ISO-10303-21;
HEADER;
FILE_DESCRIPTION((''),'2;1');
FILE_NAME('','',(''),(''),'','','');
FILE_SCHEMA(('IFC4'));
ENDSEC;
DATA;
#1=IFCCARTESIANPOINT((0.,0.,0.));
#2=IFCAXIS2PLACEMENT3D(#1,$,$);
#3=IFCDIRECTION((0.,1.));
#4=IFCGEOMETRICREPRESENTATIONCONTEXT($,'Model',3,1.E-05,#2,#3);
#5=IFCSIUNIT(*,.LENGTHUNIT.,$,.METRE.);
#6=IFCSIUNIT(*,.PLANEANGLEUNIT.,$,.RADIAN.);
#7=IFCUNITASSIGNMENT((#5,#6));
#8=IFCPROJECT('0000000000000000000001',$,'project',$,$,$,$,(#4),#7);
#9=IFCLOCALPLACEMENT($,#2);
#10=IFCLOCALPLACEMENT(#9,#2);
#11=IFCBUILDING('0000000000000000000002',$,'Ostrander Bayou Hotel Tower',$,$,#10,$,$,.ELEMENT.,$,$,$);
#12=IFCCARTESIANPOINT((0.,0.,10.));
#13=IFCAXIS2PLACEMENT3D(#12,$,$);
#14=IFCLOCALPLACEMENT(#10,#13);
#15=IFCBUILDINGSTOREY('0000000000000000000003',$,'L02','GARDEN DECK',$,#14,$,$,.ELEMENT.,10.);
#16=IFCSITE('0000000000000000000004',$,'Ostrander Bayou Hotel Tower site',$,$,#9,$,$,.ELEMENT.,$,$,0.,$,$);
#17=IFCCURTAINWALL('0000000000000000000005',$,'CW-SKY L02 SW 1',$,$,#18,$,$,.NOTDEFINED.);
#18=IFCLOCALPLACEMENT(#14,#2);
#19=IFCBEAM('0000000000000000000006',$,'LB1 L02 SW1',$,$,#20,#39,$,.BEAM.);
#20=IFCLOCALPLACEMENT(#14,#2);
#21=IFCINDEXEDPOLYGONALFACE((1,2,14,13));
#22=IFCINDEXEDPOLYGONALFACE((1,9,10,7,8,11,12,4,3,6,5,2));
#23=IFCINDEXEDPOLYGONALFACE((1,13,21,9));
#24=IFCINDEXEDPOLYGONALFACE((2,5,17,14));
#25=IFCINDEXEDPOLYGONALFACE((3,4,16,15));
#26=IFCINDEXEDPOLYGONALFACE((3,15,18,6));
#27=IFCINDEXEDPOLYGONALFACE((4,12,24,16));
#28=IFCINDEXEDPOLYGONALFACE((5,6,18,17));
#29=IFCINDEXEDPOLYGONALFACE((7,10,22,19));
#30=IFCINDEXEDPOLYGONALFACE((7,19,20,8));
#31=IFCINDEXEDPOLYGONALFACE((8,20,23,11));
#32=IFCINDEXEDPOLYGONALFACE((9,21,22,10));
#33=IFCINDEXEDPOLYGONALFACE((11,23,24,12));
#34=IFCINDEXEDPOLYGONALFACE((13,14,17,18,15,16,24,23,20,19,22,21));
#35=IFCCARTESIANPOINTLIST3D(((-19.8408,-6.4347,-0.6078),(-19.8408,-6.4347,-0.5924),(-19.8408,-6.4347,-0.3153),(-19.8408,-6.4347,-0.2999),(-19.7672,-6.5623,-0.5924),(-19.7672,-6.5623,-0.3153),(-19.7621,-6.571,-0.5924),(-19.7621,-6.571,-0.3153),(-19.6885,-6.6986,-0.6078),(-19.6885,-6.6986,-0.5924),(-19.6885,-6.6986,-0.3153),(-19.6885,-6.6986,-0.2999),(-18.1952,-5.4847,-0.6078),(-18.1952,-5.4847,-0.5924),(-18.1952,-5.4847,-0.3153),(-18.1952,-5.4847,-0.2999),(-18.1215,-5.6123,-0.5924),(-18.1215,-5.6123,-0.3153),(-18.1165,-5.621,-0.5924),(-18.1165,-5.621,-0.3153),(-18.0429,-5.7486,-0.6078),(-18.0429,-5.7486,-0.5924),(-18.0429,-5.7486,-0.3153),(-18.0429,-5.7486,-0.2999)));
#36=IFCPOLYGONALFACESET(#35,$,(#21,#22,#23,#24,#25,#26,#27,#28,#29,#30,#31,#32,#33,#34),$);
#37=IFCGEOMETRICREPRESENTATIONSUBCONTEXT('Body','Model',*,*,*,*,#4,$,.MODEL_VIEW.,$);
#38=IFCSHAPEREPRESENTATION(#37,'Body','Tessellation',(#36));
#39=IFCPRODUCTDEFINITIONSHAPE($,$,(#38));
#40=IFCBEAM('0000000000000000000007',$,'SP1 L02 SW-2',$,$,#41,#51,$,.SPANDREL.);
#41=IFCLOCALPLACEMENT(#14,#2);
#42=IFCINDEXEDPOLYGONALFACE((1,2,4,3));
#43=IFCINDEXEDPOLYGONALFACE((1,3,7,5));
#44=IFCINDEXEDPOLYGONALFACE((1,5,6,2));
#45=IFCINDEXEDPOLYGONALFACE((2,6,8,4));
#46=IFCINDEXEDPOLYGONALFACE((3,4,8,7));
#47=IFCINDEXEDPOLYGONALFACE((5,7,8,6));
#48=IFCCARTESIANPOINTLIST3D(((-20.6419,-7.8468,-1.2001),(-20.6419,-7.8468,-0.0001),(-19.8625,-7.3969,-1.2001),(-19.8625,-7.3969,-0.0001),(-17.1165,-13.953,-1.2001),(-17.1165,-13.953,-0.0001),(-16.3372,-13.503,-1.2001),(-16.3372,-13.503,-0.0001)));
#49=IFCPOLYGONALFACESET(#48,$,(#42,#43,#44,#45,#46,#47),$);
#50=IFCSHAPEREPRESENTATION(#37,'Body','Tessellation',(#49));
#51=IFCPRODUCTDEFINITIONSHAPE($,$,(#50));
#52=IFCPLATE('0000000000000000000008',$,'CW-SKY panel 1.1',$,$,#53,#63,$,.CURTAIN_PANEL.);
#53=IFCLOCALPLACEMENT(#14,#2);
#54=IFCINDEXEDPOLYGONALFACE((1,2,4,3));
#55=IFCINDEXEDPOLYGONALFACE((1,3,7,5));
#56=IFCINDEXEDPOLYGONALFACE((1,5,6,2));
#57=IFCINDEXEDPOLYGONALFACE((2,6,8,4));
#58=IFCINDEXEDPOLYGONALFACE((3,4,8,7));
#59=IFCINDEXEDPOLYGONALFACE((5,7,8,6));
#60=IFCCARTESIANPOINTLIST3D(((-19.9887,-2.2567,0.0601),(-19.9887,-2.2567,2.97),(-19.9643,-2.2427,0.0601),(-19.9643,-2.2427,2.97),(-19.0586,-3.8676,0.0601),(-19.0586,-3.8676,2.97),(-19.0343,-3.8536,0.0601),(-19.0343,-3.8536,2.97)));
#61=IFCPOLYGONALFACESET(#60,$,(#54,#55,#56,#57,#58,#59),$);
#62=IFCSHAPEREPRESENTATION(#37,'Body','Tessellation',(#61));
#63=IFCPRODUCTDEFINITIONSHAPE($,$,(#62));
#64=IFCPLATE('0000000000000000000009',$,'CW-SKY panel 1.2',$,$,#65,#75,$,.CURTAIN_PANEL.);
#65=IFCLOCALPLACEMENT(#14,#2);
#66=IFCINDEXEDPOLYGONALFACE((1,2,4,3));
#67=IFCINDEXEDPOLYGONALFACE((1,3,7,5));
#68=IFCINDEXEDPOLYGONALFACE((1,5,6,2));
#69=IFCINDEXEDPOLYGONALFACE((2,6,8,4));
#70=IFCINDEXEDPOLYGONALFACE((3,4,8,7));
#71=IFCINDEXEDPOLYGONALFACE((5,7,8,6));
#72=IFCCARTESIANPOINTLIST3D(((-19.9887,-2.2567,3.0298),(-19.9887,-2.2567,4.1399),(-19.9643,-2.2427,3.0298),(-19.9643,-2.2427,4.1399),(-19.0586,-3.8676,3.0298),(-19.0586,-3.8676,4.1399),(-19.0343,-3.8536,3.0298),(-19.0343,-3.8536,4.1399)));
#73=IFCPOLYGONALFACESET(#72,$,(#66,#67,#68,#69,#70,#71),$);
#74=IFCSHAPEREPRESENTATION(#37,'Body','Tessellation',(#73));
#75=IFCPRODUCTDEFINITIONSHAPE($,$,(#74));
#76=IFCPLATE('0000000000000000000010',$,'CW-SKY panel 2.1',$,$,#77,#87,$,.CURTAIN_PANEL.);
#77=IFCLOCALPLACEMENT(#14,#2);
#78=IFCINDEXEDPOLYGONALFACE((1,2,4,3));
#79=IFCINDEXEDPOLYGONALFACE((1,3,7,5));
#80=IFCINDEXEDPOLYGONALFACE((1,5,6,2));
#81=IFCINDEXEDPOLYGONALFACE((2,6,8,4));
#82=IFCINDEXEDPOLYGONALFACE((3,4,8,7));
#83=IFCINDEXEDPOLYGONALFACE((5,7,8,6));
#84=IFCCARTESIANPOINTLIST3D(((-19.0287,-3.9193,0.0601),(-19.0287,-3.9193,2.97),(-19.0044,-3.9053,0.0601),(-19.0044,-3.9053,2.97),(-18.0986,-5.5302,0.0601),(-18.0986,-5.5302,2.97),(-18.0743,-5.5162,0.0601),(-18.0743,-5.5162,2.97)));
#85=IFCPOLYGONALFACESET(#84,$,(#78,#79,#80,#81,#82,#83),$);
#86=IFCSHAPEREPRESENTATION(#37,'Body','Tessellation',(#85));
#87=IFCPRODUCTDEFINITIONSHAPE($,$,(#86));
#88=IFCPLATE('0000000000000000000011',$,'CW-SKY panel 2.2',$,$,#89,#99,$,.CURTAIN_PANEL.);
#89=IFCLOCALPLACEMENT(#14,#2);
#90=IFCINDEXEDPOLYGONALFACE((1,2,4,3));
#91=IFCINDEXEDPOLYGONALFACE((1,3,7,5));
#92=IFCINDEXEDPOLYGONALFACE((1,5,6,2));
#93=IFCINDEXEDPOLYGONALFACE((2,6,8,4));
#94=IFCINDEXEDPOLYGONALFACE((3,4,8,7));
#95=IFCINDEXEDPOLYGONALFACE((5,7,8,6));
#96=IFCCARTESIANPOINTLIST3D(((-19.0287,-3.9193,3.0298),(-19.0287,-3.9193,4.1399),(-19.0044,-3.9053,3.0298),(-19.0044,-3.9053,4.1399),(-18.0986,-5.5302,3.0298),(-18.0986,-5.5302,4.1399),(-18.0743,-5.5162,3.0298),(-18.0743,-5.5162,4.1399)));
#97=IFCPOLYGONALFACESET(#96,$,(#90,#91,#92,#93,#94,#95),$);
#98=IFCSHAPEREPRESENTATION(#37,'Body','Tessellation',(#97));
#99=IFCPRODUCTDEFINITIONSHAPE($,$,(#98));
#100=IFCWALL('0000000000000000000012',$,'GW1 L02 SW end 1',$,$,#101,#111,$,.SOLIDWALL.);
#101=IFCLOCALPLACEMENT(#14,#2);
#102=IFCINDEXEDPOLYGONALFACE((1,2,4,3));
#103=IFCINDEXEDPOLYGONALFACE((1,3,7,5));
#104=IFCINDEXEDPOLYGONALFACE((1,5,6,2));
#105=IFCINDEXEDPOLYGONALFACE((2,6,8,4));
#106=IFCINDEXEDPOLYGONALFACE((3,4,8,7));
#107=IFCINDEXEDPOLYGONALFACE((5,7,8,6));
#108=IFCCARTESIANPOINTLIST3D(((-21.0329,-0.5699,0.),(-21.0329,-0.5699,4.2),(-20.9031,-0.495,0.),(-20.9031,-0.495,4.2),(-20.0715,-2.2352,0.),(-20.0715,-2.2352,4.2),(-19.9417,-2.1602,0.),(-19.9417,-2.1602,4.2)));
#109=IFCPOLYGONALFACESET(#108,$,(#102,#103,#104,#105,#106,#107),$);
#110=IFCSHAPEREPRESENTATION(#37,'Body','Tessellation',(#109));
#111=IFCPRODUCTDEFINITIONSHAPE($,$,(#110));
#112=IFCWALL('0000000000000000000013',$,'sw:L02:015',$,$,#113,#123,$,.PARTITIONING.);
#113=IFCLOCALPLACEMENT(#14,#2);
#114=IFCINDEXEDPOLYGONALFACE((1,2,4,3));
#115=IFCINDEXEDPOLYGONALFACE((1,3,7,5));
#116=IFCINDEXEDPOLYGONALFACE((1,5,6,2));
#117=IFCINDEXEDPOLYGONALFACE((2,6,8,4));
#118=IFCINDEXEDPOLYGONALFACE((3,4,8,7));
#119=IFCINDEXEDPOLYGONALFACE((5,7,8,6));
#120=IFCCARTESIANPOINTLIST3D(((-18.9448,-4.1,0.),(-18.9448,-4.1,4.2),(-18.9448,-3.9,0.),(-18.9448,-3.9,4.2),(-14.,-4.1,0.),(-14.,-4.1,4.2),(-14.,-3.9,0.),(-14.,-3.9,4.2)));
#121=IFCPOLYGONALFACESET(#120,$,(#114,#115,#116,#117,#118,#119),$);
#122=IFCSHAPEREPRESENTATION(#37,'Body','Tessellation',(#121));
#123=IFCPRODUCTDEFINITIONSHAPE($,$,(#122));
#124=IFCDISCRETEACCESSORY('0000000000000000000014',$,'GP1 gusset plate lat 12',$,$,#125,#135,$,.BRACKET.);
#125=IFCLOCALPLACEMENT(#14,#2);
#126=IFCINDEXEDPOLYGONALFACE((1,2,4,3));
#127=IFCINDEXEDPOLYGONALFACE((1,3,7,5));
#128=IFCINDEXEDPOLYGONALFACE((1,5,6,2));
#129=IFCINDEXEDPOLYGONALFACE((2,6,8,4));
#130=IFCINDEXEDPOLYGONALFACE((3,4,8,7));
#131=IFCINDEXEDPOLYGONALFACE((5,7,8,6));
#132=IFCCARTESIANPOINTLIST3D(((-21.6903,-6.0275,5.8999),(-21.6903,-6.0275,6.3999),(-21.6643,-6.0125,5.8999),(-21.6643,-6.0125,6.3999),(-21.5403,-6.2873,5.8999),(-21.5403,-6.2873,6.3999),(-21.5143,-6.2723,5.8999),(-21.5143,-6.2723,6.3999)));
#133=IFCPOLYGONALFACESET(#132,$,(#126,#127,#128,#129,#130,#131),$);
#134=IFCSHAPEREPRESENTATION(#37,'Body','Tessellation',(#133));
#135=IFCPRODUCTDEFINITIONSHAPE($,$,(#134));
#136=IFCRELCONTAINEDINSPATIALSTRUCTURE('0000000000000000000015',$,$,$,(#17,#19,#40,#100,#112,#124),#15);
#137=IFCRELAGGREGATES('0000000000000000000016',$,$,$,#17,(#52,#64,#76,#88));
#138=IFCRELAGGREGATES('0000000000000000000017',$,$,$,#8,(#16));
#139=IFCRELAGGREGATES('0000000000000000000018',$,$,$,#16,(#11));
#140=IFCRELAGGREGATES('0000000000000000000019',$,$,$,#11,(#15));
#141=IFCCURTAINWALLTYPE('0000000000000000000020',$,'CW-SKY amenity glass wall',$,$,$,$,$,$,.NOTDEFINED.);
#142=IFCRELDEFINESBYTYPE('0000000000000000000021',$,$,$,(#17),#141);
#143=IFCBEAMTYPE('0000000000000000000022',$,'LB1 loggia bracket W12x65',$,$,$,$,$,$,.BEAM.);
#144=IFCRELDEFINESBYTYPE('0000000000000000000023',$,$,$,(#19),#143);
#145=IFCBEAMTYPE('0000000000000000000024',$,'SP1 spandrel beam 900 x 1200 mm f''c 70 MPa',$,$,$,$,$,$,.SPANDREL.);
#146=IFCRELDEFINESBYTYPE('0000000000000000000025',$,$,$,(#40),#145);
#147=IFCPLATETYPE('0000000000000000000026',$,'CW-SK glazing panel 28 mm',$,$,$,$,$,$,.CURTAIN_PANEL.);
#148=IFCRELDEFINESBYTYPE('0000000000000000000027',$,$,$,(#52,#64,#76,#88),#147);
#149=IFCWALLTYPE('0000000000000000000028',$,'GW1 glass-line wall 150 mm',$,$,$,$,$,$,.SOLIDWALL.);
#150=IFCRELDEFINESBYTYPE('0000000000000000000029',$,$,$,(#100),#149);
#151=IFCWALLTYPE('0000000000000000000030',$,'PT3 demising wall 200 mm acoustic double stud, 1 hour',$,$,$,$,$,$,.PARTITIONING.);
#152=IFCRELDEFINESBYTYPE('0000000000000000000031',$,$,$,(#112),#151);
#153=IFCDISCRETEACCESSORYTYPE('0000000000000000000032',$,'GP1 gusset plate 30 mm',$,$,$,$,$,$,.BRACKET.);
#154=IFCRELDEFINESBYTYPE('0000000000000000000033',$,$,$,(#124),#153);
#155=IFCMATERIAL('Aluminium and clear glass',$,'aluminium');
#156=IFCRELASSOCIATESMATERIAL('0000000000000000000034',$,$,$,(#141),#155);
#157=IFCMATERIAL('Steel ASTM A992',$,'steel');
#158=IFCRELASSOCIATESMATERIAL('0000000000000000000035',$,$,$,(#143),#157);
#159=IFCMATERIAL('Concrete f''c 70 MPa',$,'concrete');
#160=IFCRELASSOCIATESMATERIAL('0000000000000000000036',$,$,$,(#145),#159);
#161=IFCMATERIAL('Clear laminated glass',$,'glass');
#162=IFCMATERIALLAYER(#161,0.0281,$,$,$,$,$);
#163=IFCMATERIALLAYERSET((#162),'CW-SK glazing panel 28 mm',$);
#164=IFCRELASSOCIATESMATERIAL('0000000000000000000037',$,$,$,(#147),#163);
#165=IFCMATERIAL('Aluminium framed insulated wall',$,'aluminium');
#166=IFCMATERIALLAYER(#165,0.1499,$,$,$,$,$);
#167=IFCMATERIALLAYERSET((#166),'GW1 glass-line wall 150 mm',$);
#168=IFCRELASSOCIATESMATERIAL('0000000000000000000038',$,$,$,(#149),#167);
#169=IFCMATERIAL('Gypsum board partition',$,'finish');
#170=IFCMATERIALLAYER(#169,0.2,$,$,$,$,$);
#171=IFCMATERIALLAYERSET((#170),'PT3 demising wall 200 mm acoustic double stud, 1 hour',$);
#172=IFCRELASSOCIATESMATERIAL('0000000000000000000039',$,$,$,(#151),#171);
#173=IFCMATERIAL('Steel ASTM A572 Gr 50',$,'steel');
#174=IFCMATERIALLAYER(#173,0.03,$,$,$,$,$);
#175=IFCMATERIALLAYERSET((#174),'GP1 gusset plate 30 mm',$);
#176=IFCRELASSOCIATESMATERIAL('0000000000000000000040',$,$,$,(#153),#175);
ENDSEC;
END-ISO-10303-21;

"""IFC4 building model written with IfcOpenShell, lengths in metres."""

from ifc_helpers import new_model, si_unit, direction, frame, frame_2d, origin, origin_2d, place, context, subcontext, project, spatial, rectangle, i_section, extrude, material, layer, layer_set, material_profile, profile_set, type_object, element, aggregate, save


model = new_model("IFC4")

# Units and contexts
model_context = context("Model", 3, precision=1e-05, world=origin(), true_north=direction((0.0, 1.0)))
body_context = subcontext(model_context, "Body", "Model", "MODEL_VIEW")
ifc_project = project(units=[si_unit("LENGTHUNIT", "METRE"), si_unit("PLANEANGLEUNIT", "RADIAN")], contexts=[model_context])

# Site, building, storey
site_placement = place(None, origin())
site = spatial("IfcSite", under=ifc_project, at=site_placement, Name="Ostrander Bayou Hotel Tower site", CompositionType="ELEMENT", RefElevation=0.0)
building_placement = place(site_placement, origin())
building = spatial("IfcBuilding", under=site, at=building_placement, Name="Ostrander Bayou Hotel Tower", CompositionType="ELEMENT")
storey_placement = place(building_placement, frame((0.0, 0.0, 10.0)))
storey = spatial("IfcBuildingStorey", under=building, at=storey_placement, Name="L02", Description="GARDEN DECK", CompositionType="ELEMENT", Elevation=10.0)

# Curtain wall
ifc_material_1 = material(Name="Aluminium and clear glass", Category="aluminium")
curtain_wall_type = type_object("IfcCurtainWallType", Name="CW-SKY amenity glass wall", PredefinedType="NOTDEFINED", material=ifc_material_1)
curtain_wall_placement = place(storey_placement, origin())
curtain_wall = element("IfcCurtainWall", 1, at=curtain_wall_placement, inside=storey, type_object=curtain_wall_type, Name="CW-SKY L02 SW 1", PredefinedType="NOTDEFINED")

# Beams
ifc_material_2 = material(Name="Steel ASTM A992", Category="steel")
ifc_material_profile_1 = material_profile(ifc_material_2, i_section(OverallWidth=0.3047, OverallDepth=0.3079, WebThickness=0.01, FlangeThickness=0.0154, at=origin_2d()))
ifc_profile_set_1 = profile_set([ifc_material_profile_1], Name="Steel ASTM A992")
beam_type_1 = type_object("IfcBeamType", Name="LB1 loggia bracket W12x65", PredefinedType="BEAM", material=ifc_profile_set_1)
beam_1_placement = place(storey_placement, frame((-19.7646, -6.5667, -0.4539), z_axis=(0.866044, 0.499967, 0.0), x_axis=(-0.499967, 0.866044, 0.0)))
element("IfcBeam", 2, at=beam_1_placement, inside=storey, type_object=beam_type_1, Name="LB1 L02 SW1", PredefinedType="BEAM", context=body_context, shape_type="SweptSolid", body=[
    extrude(i_section(OverallWidth=0.3047, OverallDepth=0.3079, WebThickness=0.01, FlangeThickness=0.0154, at=origin_2d()), origin(), (0.0, 0.0, 1.0), 1.9001),
])
ifc_material_3 = material(Name="Concrete f'c 70 MPa", Category="concrete")
ifc_material_profile_2 = material_profile(ifc_material_3, rectangle(XDim=0.8999, YDim=1.2, at=origin_2d()))
ifc_profile_set_2 = profile_set([ifc_material_profile_2], Name="Concrete f'c 70 MPa")
beam_type_2 = type_object("IfcBeamType", Name="SP1 spandrel beam 900 x 1200 mm f'c 70 MPa", PredefinedType="SPANDREL", material=ifc_profile_set_2)
beam_2_placement = place(storey_placement, frame((-20.2522, -7.6218, -0.6001), z_axis=(0.499997, -0.866027, 0.0), x_axis=(0.866027, 0.499997, 0.0)))
element("IfcBeam", 3, at=beam_2_placement, inside=storey, type_object=beam_type_2, Name="SP1 L02 SW-2", PredefinedType="SPANDREL", context=body_context, shape_type="SweptSolid", body=[
    extrude(rectangle(XDim=0.8999, YDim=1.2, at=origin_2d()), origin(), (0.0, 0.0, 1.0), 7.0508),
])

# Plates
ifc_material_4 = material(Name="Clear laminated glass", Category="glass")
ifc_layer_1 = layer(ifc_material_4, 0.0281)
ifc_layer_set_1 = layer_set([ifc_layer_1], Name="CW-SK glazing panel 28 mm")
plate_type = type_object("IfcPlateType", Name="CW-SK glazing panel 28 mm", PredefinedType="CURTAIN_PANEL", material=ifc_layer_set_1)
plate_1_placement = place(storey_placement, frame((-19.5115, -3.0552, 0.0601), z_axis=(0.0, 0.0, 1.0), x_axis=(0.5, -0.866025, 0.0)))
plate_1 = element("IfcPlate", 4, at=plate_1_placement, type_object=plate_type, Name="CW-SKY panel 1.1", PredefinedType="CURTAIN_PANEL", context=body_context, shape_type="SweptSolid", body=[
    extrude(rectangle(XDim=1.8601, YDim=0.0281, at=origin_2d()), origin(), (0.0, 0.0, 1.0), 2.9099),
])
plate_2_placement = place(storey_placement, frame((-19.5115, -3.0552, 3.0298), z_axis=(0.0, 0.0, 1.0), x_axis=(0.5, -0.866025, 0.0)))
plate_2 = element("IfcPlate", 5, at=plate_2_placement, type_object=plate_type, Name="CW-SKY panel 1.2", PredefinedType="CURTAIN_PANEL", context=body_context, shape_type="SweptSolid", body=[
    extrude(rectangle(XDim=1.8601, YDim=0.0281, at=origin_2d()), origin(), (0.0, 0.0, 1.0), 1.1101),
])
plate_3_placement = place(storey_placement, frame((-18.5515, -4.7178, 0.0601), z_axis=(0.0, 0.0, 1.0), x_axis=(0.5, -0.866025, 0.0)))
plate_3 = element("IfcPlate", 6, at=plate_3_placement, type_object=plate_type, Name="CW-SKY panel 2.1", PredefinedType="CURTAIN_PANEL", context=body_context, shape_type="SweptSolid", body=[
    extrude(rectangle(XDim=1.8601, YDim=0.0281, at=origin_2d()), origin(), (0.0, 0.0, 1.0), 2.9099),
])
plate_4_placement = place(storey_placement, frame((-18.5515, -4.7178, 3.0298), z_axis=(0.0, 0.0, 1.0), x_axis=(0.5, -0.866025, 0.0)))
plate_4 = element("IfcPlate", 7, at=plate_4_placement, type_object=plate_type, Name="CW-SKY panel 2.2", PredefinedType="CURTAIN_PANEL", context=body_context, shape_type="SweptSolid", body=[
    extrude(rectangle(XDim=1.8601, YDim=0.0281, at=origin_2d()), origin(), (0.0, 0.0, 1.0), 1.1101),
])
aggregate(curtain_wall, [plate_1, plate_2, plate_3, plate_4])

# Shared definitions
ifc_material_5 = material(Name="Aluminium framed insulated wall", Category="aluminium")
ifc_layer_2 = layer(ifc_material_5, 0.1499)
ifc_layer_set_2 = layer_set([ifc_layer_2], Name="GW1 glass-line wall 150 mm")
wall_type_1 = type_object("IfcWallType", Name="GW1 glass-line wall 150 mm", PredefinedType="SOLIDWALL", material=ifc_layer_set_2)

# Wall
wall_1_placement = place(storey_placement, frame((-20.968, -0.5325, 0.0), z_axis=(0.0, 0.0, 1.0), x_axis=(0.49999, -0.866031, 0.0)))
element("IfcWall", 8, at=wall_1_placement, inside=storey, type_object=wall_type_1, Name="GW1 L02 SW end 1", PredefinedType="SOLIDWALL", context=body_context, shape_type="SweptSolid", body=[
    extrude(rectangle(XDim=1.9229, YDim=0.1499, at=frame_2d((0.9614, 0.0))), origin(), (0.0, 0.0, 1.0), 4.2),
])

# Wall
ifc_material_6 = material(Name="Gypsum board partition", Category="finish")
ifc_layer_3 = layer(ifc_material_6, 0.2)
ifc_layer_set_3 = layer_set([ifc_layer_3], Name="PT3 demising wall 200 mm acoustic double stud, 1 hour")
wall_type_2 = type_object("IfcWallType", Name="PT3 demising wall 200 mm acoustic double stud, 1 hour", PredefinedType="PARTITIONING", material=ifc_layer_set_3)
wall_2_placement = place(storey_placement, frame((-18.9448, -4.0, 0.0), z_axis=(0.0, 0.0, 1.0), x_axis=(1.0, 0.0, 0.0)))
element("IfcWall", 9, at=wall_2_placement, inside=storey, type_object=wall_type_2, Name="sw:L02:015", PredefinedType="PARTITIONING", context=body_context, shape_type="SweptSolid", body=[
    extrude(rectangle(XDim=4.9448, YDim=0.2, at=frame_2d((2.4724, 0.0))), origin(), (0.0, 0.0, 1.0), 4.2),
])

# Discrete accessory
ifc_material_7 = material(Name="Steel ASTM A572 Gr 50", Category="steel")
ifc_layer_4 = layer(ifc_material_7, 0.03)
ifc_layer_set_4 = layer_set([ifc_layer_4], Name="GP1 gusset plate 30 mm")
discrete_accessory_type = type_object("IfcDiscreteAccessoryType", Name="GP1 gusset plate 30 mm", PredefinedType="BRACKET", material=ifc_layer_set_4)
discrete_accessory_placement = place(storey_placement, frame((-21.6023, -6.1499, 5.8999), z_axis=(0.0, 0.0, 1.0), x_axis=(0.5, -0.866025, 0.0)))
element("IfcDiscreteAccessory", 10, at=discrete_accessory_placement, inside=storey, type_object=discrete_accessory_type, Name="GP1 gusset plate lat 12", PredefinedType="BRACKET", context=body_context, shape_type="SweptSolid", body=[
    extrude(rectangle(XDim=0.3, YDim=0.03, at=origin_2d()), origin(), (0.0, 0.0, 1.0), 0.5),
])

save(model, "model.ifc")
